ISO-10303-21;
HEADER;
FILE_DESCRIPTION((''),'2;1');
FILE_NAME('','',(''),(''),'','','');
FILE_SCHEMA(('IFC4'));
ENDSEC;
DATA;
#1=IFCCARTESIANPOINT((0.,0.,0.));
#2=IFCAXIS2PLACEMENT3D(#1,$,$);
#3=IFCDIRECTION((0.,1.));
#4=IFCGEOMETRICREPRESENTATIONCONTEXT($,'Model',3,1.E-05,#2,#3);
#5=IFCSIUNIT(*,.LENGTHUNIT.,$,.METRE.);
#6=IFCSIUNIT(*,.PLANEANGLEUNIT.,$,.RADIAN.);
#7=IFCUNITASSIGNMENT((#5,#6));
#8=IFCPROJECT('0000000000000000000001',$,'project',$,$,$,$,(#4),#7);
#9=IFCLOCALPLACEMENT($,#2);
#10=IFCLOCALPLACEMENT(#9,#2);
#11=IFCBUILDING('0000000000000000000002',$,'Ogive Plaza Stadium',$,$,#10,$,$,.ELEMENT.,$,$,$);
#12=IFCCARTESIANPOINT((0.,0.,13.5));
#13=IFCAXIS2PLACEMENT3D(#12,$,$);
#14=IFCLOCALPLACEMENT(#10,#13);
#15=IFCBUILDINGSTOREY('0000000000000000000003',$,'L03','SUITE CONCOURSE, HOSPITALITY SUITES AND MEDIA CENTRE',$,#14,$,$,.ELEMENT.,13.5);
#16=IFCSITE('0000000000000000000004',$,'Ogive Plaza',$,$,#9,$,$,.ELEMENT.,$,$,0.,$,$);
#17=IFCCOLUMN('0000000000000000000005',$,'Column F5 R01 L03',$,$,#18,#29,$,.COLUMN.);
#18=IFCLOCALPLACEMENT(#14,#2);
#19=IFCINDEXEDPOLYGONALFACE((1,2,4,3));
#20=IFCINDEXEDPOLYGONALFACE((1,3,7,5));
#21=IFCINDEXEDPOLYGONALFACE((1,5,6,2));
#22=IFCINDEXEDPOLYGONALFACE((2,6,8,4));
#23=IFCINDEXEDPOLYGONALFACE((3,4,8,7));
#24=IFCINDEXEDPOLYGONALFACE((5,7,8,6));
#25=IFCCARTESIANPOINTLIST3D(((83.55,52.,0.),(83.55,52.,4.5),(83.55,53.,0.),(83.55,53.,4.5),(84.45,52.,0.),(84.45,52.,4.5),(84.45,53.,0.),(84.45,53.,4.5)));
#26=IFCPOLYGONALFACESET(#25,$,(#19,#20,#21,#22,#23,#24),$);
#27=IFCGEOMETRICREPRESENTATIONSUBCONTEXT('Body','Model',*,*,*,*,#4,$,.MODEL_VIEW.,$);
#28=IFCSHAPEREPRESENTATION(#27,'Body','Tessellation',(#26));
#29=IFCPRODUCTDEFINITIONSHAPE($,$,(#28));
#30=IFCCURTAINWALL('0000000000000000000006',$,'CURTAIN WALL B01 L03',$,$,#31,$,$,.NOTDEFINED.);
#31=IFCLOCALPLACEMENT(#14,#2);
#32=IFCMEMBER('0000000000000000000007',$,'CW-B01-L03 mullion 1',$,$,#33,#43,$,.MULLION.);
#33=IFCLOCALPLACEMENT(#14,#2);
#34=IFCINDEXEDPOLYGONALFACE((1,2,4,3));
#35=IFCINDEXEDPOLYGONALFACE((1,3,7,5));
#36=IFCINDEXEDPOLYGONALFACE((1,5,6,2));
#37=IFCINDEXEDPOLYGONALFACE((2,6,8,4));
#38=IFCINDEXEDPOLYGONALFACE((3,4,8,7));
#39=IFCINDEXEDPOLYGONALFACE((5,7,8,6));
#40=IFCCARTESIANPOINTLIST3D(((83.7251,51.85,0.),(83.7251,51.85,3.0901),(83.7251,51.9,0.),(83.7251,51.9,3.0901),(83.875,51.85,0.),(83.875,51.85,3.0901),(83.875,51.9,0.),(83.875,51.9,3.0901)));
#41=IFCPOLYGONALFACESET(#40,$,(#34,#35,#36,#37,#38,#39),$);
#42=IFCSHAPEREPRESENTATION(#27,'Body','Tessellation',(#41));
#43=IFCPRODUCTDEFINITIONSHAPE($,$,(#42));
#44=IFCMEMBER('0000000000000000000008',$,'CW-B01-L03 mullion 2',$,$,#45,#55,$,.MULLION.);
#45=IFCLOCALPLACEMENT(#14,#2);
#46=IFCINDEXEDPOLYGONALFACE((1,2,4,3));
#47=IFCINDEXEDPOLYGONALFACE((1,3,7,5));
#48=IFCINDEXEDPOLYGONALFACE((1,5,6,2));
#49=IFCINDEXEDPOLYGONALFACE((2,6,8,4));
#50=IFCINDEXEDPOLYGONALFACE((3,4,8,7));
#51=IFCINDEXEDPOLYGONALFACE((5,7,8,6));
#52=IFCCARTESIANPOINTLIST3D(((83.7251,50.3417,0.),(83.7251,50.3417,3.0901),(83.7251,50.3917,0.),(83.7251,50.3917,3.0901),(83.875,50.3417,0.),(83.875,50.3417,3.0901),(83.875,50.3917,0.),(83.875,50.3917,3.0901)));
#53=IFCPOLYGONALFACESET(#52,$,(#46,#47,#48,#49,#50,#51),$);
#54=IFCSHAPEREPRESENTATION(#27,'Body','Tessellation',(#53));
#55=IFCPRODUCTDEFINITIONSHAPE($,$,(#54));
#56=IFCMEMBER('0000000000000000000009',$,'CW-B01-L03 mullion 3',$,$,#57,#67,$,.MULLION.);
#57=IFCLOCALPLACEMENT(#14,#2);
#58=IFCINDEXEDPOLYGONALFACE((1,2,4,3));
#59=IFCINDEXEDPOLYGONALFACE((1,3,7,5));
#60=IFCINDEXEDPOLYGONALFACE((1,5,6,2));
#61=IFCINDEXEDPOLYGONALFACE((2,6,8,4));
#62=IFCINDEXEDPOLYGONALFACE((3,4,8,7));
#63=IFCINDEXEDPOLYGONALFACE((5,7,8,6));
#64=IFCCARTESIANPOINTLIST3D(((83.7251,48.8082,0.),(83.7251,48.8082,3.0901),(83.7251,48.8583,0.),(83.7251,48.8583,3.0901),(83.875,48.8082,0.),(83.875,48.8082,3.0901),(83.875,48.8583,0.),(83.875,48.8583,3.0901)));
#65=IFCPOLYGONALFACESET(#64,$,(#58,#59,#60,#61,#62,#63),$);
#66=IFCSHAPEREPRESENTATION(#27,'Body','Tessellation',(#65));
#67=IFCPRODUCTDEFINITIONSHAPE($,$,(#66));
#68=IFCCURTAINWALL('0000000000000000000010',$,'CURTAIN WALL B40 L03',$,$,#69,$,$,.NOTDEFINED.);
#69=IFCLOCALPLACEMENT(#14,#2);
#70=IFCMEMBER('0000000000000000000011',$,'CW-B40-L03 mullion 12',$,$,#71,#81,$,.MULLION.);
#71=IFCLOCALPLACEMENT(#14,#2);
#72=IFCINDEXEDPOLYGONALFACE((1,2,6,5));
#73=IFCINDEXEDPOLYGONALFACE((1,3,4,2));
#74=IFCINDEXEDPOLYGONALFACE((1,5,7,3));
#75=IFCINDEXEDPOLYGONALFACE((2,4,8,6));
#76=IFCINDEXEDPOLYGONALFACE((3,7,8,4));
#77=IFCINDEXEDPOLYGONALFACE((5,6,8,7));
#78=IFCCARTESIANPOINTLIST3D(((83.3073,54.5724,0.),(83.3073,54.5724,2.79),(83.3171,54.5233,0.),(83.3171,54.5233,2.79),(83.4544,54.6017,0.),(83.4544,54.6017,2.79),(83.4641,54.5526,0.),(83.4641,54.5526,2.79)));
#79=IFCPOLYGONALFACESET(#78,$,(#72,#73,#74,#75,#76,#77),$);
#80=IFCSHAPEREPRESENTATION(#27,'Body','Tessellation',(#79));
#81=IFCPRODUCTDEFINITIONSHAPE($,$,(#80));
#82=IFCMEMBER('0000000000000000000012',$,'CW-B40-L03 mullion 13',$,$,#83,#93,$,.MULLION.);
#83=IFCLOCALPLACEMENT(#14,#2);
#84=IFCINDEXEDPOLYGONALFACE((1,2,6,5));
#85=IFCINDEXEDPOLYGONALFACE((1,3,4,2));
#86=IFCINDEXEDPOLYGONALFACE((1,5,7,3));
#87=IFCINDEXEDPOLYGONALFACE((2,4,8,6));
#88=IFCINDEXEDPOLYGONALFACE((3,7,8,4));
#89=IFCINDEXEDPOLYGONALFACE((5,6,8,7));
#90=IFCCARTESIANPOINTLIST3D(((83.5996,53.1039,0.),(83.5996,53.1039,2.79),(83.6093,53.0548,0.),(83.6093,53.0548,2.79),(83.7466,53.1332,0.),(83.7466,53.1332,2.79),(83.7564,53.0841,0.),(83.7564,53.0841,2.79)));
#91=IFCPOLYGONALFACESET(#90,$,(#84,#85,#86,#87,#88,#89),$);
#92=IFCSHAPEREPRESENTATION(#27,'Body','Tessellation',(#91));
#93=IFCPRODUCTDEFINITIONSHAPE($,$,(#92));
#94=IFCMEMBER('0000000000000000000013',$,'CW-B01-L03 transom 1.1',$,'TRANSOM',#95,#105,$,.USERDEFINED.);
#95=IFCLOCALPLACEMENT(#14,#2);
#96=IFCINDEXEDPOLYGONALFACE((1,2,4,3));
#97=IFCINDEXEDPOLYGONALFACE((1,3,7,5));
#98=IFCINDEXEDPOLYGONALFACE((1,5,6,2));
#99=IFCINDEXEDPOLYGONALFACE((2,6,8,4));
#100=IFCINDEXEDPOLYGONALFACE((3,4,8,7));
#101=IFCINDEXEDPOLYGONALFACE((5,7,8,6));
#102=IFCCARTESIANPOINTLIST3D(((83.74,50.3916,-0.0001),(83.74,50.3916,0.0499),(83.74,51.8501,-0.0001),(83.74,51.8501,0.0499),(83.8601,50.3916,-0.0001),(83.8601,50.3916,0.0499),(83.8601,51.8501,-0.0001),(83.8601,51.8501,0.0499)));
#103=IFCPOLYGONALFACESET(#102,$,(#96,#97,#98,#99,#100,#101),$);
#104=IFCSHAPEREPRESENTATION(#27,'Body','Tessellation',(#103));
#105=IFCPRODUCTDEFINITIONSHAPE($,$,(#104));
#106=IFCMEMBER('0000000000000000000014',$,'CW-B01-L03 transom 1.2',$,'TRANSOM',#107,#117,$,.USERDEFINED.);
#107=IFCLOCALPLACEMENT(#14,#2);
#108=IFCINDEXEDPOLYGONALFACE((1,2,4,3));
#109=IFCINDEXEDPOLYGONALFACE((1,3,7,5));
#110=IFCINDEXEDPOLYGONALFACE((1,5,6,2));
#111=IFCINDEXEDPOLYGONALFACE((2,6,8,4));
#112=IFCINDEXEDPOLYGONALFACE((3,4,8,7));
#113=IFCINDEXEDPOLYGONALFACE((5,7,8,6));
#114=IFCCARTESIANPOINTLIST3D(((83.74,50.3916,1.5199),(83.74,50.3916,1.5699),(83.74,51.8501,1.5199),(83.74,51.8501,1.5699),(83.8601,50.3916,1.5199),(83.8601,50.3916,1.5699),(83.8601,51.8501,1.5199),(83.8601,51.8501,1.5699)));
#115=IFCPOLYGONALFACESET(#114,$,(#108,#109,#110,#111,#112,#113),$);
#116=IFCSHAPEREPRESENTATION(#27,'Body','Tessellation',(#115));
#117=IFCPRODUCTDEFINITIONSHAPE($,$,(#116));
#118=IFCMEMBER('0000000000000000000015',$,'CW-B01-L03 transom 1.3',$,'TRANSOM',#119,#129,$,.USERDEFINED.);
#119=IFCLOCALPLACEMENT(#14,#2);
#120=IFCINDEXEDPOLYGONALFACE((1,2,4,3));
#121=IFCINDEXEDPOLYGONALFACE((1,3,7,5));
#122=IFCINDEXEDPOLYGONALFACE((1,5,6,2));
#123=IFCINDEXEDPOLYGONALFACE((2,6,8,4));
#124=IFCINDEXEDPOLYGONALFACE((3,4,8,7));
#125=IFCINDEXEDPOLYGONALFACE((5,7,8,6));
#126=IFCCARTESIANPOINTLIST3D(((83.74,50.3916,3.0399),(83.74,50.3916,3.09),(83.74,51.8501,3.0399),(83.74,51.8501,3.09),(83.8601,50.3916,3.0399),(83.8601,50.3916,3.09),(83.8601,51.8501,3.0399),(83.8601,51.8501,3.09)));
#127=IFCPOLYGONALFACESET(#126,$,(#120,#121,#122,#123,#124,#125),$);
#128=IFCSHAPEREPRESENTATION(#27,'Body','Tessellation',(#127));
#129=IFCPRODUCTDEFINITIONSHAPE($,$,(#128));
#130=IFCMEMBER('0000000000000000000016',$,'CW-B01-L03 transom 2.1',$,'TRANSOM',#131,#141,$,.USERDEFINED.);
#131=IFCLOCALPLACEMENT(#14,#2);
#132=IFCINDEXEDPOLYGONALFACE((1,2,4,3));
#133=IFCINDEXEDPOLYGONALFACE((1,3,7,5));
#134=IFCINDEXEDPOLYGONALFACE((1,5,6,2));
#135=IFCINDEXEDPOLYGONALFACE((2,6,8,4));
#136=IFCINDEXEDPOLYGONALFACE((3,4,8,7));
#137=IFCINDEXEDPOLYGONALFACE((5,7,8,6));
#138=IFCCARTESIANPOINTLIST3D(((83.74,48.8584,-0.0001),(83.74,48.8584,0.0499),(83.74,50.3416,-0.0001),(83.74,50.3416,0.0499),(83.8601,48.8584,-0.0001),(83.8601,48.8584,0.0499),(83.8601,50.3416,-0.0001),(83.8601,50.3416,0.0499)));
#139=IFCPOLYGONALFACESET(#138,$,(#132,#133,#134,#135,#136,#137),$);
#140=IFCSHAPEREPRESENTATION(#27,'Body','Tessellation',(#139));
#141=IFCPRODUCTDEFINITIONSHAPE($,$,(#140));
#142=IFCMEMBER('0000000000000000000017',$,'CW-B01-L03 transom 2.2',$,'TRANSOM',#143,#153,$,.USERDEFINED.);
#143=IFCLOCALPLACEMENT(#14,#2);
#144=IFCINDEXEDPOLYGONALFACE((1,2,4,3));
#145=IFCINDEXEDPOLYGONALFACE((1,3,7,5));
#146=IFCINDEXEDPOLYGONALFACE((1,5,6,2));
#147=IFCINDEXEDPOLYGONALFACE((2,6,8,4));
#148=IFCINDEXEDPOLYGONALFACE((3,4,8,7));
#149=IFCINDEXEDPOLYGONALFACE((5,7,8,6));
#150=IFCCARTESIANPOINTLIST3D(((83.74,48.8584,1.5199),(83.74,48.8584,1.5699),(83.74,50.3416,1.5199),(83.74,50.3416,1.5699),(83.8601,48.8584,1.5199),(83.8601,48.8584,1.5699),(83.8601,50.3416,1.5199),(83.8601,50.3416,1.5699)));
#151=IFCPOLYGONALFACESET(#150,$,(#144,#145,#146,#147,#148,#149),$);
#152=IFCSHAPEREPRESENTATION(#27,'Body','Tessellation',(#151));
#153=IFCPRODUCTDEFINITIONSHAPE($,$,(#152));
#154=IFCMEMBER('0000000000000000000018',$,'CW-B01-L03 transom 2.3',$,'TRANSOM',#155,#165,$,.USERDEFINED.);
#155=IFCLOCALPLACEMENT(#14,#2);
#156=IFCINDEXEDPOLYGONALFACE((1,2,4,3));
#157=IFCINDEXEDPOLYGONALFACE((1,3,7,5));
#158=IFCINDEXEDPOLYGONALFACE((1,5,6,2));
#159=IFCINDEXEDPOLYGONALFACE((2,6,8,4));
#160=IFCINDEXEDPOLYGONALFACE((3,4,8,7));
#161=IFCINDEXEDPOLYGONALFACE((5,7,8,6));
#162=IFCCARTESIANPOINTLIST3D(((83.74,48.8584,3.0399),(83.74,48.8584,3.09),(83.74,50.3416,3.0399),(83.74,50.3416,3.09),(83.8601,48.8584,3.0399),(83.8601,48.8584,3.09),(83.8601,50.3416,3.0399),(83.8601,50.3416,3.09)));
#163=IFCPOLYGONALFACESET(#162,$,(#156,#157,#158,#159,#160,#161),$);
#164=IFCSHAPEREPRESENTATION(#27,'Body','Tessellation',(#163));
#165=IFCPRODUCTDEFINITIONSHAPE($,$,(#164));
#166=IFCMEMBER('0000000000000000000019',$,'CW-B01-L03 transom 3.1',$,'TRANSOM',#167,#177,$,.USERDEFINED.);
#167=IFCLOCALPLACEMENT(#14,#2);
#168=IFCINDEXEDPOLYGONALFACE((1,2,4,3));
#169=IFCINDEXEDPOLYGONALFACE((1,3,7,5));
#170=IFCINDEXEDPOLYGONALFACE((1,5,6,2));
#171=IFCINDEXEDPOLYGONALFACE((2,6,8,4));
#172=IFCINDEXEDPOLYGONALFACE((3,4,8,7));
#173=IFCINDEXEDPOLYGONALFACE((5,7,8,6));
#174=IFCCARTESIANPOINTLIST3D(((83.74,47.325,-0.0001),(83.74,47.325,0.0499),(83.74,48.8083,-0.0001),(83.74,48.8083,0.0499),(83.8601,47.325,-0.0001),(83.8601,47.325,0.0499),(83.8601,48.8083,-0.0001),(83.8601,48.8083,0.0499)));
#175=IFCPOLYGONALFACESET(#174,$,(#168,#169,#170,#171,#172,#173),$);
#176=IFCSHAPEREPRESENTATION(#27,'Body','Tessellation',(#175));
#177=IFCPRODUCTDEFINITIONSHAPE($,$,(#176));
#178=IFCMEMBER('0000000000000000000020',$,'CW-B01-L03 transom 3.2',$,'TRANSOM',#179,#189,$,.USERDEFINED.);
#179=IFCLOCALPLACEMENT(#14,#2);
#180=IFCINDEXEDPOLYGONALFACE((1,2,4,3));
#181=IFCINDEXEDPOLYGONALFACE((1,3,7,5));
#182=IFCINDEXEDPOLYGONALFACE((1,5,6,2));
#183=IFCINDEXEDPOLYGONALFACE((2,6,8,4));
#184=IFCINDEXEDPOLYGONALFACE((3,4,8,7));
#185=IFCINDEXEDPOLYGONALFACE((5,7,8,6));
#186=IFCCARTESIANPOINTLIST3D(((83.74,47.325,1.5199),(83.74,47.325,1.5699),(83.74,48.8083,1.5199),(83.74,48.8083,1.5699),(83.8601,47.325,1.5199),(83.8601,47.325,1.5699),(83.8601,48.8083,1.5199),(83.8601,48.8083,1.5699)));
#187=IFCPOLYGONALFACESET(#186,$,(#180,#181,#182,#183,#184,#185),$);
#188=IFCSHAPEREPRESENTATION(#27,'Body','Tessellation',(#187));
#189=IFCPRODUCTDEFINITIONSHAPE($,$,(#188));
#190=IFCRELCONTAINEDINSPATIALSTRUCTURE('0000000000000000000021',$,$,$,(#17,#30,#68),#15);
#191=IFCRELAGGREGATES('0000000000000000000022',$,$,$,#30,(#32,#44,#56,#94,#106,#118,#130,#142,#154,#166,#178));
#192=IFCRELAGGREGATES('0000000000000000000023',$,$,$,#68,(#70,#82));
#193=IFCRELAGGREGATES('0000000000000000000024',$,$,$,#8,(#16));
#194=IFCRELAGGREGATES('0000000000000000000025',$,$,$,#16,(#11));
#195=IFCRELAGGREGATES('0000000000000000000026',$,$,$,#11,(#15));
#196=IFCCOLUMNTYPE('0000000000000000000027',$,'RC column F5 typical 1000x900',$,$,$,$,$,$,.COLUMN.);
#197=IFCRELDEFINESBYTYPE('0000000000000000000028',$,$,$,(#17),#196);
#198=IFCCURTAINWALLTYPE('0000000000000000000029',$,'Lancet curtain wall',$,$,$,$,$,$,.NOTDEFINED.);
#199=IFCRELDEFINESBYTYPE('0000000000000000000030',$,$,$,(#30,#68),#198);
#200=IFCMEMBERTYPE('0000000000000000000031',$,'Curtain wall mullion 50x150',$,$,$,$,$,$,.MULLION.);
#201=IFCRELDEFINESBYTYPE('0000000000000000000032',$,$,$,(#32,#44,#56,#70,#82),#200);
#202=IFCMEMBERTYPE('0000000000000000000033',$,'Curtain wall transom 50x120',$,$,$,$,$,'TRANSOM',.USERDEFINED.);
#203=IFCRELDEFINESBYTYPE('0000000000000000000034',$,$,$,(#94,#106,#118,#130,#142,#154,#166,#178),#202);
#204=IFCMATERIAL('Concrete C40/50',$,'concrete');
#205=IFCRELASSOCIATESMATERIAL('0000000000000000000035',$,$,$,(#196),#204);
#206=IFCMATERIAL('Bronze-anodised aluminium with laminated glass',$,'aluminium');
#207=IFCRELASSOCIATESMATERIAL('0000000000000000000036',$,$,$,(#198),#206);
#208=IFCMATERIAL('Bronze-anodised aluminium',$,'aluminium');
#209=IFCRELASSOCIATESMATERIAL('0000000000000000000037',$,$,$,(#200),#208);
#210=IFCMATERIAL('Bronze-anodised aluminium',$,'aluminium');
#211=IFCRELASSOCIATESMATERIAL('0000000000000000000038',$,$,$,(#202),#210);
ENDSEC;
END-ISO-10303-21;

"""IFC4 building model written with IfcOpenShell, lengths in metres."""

from ifc_helpers import new_model, si_unit, direction, frame, origin, origin_2d, place, context, subcontext, project, spatial, rectangle, extrude, material, material_profile, profile_set, type_object, element, aggregate, save


model = new_model("IFC4")

# Units and contexts
model_context = context("Model", 3, precision=1e-05, world=origin(), true_north=direction((0.0, 1.0)))
body_context = subcontext(model_context, "Body", "Model", "MODEL_VIEW")
ifc_project = project(units=[si_unit("LENGTHUNIT", "METRE"), si_unit("PLANEANGLEUNIT", "RADIAN")], contexts=[model_context])

# Site, building, storey
site_placement = place(None, origin())
site = spatial("IfcSite", under=ifc_project, at=site_placement, Name="Ogive Plaza", CompositionType="ELEMENT", RefElevation=0.0)
building_placement = place(site_placement, origin())
building = spatial("IfcBuilding", under=site, at=building_placement, Name="Ogive Plaza Stadium", CompositionType="ELEMENT")
storey_placement = place(building_placement, frame((0.0, 0.0, 13.5)))
storey = spatial("IfcBuildingStorey", under=building, at=storey_placement, Name="L03", Description="SUITE CONCOURSE, HOSPITALITY SUITES AND MEDIA CENTRE", CompositionType="ELEMENT", Elevation=13.5)

# Column
ifc_material_1 = material(Name="Concrete C40/50", Category="concrete")
ifc_material_profile_1 = material_profile(ifc_material_1, rectangle(XDim=1.0, YDim=0.8999, at=origin_2d()), Name="RC 1000x900")
ifc_profile_set_1 = profile_set([ifc_material_profile_1], Name="Concrete C40/50")
column_type = type_object("IfcColumnType", Name="RC column F5 typical 1000x900", PredefinedType="COLUMN", material=ifc_profile_set_1)
column_placement = place(storey_placement, frame((84.0, 52.5, 0.0), z_axis=(0.0, 0.0, 1.0), x_axis=(0.0, 1.0, 0.0)))
element("IfcColumn", 1, at=column_placement, inside=storey, type_object=column_type, Name="Column F5 R01 L03", PredefinedType="COLUMN", context=body_context, shape_type="SweptSolid", body=[
    extrude(rectangle(XDim=1.0, YDim=0.8999, at=origin_2d()), origin(), (0.0, 0.0, 1.0), 4.5),
])

# Curtain walls, members
ifc_material_2 = material(Name="Bronze-anodised aluminium with laminated glass", Category="aluminium")
curtain_wall_type = type_object("IfcCurtainWallType", Name="Lancet curtain wall", PredefinedType="NOTDEFINED", material=ifc_material_2)
curtain_wall_1_placement = place(storey_placement, origin())
curtain_wall_1 = element("IfcCurtainWall", 2, at=curtain_wall_1_placement, inside=storey, type_object=curtain_wall_type, Name="CURTAIN WALL B01 L03", PredefinedType="NOTDEFINED")
ifc_material_3 = material(Name="Bronze-anodised aluminium", Category="aluminium")
ifc_material_profile_2 = material_profile(ifc_material_3, rectangle(XDim=0.1499, YDim=0.05, at=origin_2d()), Name="AL 150x50")
ifc_profile_set_2 = profile_set([ifc_material_profile_2], Name="Bronze-anodised aluminium")
member_type_1 = type_object("IfcMemberType", Name="Curtain wall mullion 50x150", PredefinedType="MULLION", material=ifc_profile_set_2)
member_1_placement = place(storey_placement, frame((83.8, 51.875, 0.0), z_axis=(0.0, 0.0, 1.0), x_axis=(1.0, 0.0, 0.0)))
member_1 = element("IfcMember", 3, at=member_1_placement, type_object=member_type_1, Name="CW-B01-L03 mullion 1", PredefinedType="MULLION", context=body_context, shape_type="SweptSolid", body=[
    extrude(rectangle(XDim=0.1499, YDim=0.05, at=origin_2d()), origin(), (0.0, 0.0, 1.0), 3.0901),
])
member_2_placement = place(storey_placement, frame((83.8, 50.3667, 0.0), z_axis=(0.0, 0.0, 1.0), x_axis=(1.0, 0.0, 0.0)))
member_2 = element("IfcMember", 4, at=member_2_placement, type_object=member_type_1, Name="CW-B01-L03 mullion 2", PredefinedType="MULLION", context=body_context, shape_type="SweptSolid", body=[
    extrude(rectangle(XDim=0.1499, YDim=0.05, at=origin_2d()), origin(), (0.0, 0.0, 1.0), 3.0901),
])
member_3_placement = place(storey_placement, frame((83.8, 48.8333, 0.0), z_axis=(0.0, 0.0, 1.0), x_axis=(1.0, 0.0, 0.0)))
member_3 = element("IfcMember", 5, at=member_3_placement, type_object=member_type_1, Name="CW-B01-L03 mullion 3", PredefinedType="MULLION", context=body_context, shape_type="SweptSolid", body=[
    extrude(rectangle(XDim=0.1499, YDim=0.05, at=origin_2d()), origin(), (0.0, 0.0, 1.0), 3.0901),
])
curtain_wall_2_placement = place(storey_placement, origin())
curtain_wall_2 = element("IfcCurtainWall", 6, at=curtain_wall_2_placement, inside=storey, type_object=curtain_wall_type, Name="CURTAIN WALL B40 L03", PredefinedType="NOTDEFINED")
member_4_placement = place(storey_placement, frame((83.3857, 54.5625, 0.0), z_axis=(0.0, 0.0, 1.0), x_axis=(0.980785, 0.19509, 0.0)))
member_4 = element("IfcMember", 7, at=member_4_placement, type_object=member_type_1, Name="CW-B40-L03 mullion 12", PredefinedType="MULLION", context=body_context, shape_type="SweptSolid", body=[
    extrude(rectangle(XDim=0.1499, YDim=0.05, at=origin_2d()), origin(), (0.0, 0.0, 1.0), 2.79),
])
member_5_placement = place(storey_placement, frame((83.678, 53.094, 0.0), z_axis=(0.0, 0.0, 1.0), x_axis=(0.980785, 0.19509, 0.0)))
member_5 = element("IfcMember", 8, at=member_5_placement, type_object=member_type_1, Name="CW-B40-L03 mullion 13", PredefinedType="MULLION", context=body_context, shape_type="SweptSolid", body=[
    extrude(rectangle(XDim=0.1499, YDim=0.05, at=origin_2d()), origin(), (0.0, 0.0, 1.0), 2.79),
])

# Members
ifc_material_4 = material(Name="Bronze-anodised aluminium", Category="aluminium")
ifc_material_profile_3 = material_profile(ifc_material_4, rectangle(XDim=0.1201, YDim=0.05, at=origin_2d()), Name="AL 120x50")
ifc_profile_set_3 = profile_set([ifc_material_profile_3], Name="Bronze-anodised aluminium")
member_type_2 = type_object("IfcMemberType", Name="Curtain wall transom 50x120", ElementType="TRANSOM", PredefinedType="USERDEFINED", material=ifc_profile_set_3)
member_6_placement = place(storey_placement, frame((83.8, 51.8501, 0.0249), z_axis=(0.0, -1.0, 0.0), x_axis=(1.0, 0.0, 0.0)))
member_6 = element("IfcMember", 9, at=member_6_placement, type_object=member_type_2, Name="CW-B01-L03 transom 1.1", ObjectType="TRANSOM", PredefinedType="USERDEFINED", context=body_context, shape_type="SweptSolid", body=[
    extrude(rectangle(XDim=0.1201, YDim=0.05, at=origin_2d()), origin(), (0.0, 0.0, 1.0), 1.4585),
])
member_7_placement = place(storey_placement, frame((83.8, 51.8501, 1.5449), z_axis=(0.0, -1.0, 0.0), x_axis=(1.0, 0.0, 0.0)))
member_7 = element("IfcMember", 10, at=member_7_placement, type_object=member_type_2, Name="CW-B01-L03 transom 1.2", ObjectType="TRANSOM", PredefinedType="USERDEFINED", context=body_context, shape_type="SweptSolid", body=[
    extrude(rectangle(XDim=0.1201, YDim=0.05, at=origin_2d()), origin(), (0.0, 0.0, 1.0), 1.4585),
])
member_8_placement = place(storey_placement, frame((83.8, 51.8501, 3.0649), z_axis=(0.0, -1.0, 0.0), x_axis=(1.0, 0.0, 0.0)))
member_8 = element("IfcMember", 11, at=member_8_placement, type_object=member_type_2, Name="CW-B01-L03 transom 1.3", ObjectType="TRANSOM", PredefinedType="USERDEFINED", context=body_context, shape_type="SweptSolid", body=[
    extrude(rectangle(XDim=0.1201, YDim=0.05, at=origin_2d()), origin(), (0.0, 0.0, 1.0), 1.4585),
])
member_9_placement = place(storey_placement, frame((83.8, 50.3416, 0.0249), z_axis=(0.0, -1.0, 0.0), x_axis=(1.0, 0.0, 0.0)))
member_9 = element("IfcMember", 12, at=member_9_placement, type_object=member_type_2, Name="CW-B01-L03 transom 2.1", ObjectType="TRANSOM", PredefinedType="USERDEFINED", context=body_context, shape_type="SweptSolid", body=[
    extrude(rectangle(XDim=0.1201, YDim=0.05, at=origin_2d()), origin(), (0.0, 0.0, 1.0), 1.4832),
])
member_10_placement = place(storey_placement, frame((83.8, 50.3416, 1.5449), z_axis=(0.0, -1.0, 0.0), x_axis=(1.0, 0.0, 0.0)))
member_10 = element("IfcMember", 13, at=member_10_placement, type_object=member_type_2, Name="CW-B01-L03 transom 2.2", ObjectType="TRANSOM", PredefinedType="USERDEFINED", context=body_context, shape_type="SweptSolid", body=[
    extrude(rectangle(XDim=0.1201, YDim=0.05, at=origin_2d()), origin(), (0.0, 0.0, 1.0), 1.4832),
])
member_11_placement = place(storey_placement, frame((83.8, 50.3416, 3.0649), z_axis=(0.0, -1.0, 0.0), x_axis=(1.0, 0.0, 0.0)))
member_11 = element("IfcMember", 14, at=member_11_placement, type_object=member_type_2, Name="CW-B01-L03 transom 2.3", ObjectType="TRANSOM", PredefinedType="USERDEFINED", context=body_context, shape_type="SweptSolid", body=[
    extrude(rectangle(XDim=0.1201, YDim=0.05, at=origin_2d()), origin(), (0.0, 0.0, 1.0), 1.4832),
])
member_12_placement = place(storey_placement, frame((83.8, 48.8083, 0.0249), z_axis=(0.0, -1.0, 0.0), x_axis=(1.0, 0.0, 0.0)))
member_12 = element("IfcMember", 15, at=member_12_placement, type_object=member_type_2, Name="CW-B01-L03 transom 3.1", ObjectType="TRANSOM", PredefinedType="USERDEFINED", context=body_context, shape_type="SweptSolid", body=[
    extrude(rectangle(XDim=0.1201, YDim=0.05, at=origin_2d()), origin(), (0.0, 0.0, 1.0), 1.4834),
])
member_13_placement = place(storey_placement, frame((83.8, 48.8083, 1.5449), z_axis=(0.0, -1.0, 0.0), x_axis=(1.0, 0.0, 0.0)))
member_13 = element("IfcMember", 16, at=member_13_placement, type_object=member_type_2, Name="CW-B01-L03 transom 3.2", ObjectType="TRANSOM", PredefinedType="USERDEFINED", context=body_context, shape_type="SweptSolid", body=[
    extrude(rectangle(XDim=0.1201, YDim=0.05, at=origin_2d()), origin(), (0.0, 0.0, 1.0), 1.4834),
])

aggregate(curtain_wall_1, [member_1, member_2, member_3, member_6, member_7, member_8, member_9, member_10, member_11, member_12, member_13])
aggregate(curtain_wall_2, [member_4, member_5])

save(model, "model.ifc")
